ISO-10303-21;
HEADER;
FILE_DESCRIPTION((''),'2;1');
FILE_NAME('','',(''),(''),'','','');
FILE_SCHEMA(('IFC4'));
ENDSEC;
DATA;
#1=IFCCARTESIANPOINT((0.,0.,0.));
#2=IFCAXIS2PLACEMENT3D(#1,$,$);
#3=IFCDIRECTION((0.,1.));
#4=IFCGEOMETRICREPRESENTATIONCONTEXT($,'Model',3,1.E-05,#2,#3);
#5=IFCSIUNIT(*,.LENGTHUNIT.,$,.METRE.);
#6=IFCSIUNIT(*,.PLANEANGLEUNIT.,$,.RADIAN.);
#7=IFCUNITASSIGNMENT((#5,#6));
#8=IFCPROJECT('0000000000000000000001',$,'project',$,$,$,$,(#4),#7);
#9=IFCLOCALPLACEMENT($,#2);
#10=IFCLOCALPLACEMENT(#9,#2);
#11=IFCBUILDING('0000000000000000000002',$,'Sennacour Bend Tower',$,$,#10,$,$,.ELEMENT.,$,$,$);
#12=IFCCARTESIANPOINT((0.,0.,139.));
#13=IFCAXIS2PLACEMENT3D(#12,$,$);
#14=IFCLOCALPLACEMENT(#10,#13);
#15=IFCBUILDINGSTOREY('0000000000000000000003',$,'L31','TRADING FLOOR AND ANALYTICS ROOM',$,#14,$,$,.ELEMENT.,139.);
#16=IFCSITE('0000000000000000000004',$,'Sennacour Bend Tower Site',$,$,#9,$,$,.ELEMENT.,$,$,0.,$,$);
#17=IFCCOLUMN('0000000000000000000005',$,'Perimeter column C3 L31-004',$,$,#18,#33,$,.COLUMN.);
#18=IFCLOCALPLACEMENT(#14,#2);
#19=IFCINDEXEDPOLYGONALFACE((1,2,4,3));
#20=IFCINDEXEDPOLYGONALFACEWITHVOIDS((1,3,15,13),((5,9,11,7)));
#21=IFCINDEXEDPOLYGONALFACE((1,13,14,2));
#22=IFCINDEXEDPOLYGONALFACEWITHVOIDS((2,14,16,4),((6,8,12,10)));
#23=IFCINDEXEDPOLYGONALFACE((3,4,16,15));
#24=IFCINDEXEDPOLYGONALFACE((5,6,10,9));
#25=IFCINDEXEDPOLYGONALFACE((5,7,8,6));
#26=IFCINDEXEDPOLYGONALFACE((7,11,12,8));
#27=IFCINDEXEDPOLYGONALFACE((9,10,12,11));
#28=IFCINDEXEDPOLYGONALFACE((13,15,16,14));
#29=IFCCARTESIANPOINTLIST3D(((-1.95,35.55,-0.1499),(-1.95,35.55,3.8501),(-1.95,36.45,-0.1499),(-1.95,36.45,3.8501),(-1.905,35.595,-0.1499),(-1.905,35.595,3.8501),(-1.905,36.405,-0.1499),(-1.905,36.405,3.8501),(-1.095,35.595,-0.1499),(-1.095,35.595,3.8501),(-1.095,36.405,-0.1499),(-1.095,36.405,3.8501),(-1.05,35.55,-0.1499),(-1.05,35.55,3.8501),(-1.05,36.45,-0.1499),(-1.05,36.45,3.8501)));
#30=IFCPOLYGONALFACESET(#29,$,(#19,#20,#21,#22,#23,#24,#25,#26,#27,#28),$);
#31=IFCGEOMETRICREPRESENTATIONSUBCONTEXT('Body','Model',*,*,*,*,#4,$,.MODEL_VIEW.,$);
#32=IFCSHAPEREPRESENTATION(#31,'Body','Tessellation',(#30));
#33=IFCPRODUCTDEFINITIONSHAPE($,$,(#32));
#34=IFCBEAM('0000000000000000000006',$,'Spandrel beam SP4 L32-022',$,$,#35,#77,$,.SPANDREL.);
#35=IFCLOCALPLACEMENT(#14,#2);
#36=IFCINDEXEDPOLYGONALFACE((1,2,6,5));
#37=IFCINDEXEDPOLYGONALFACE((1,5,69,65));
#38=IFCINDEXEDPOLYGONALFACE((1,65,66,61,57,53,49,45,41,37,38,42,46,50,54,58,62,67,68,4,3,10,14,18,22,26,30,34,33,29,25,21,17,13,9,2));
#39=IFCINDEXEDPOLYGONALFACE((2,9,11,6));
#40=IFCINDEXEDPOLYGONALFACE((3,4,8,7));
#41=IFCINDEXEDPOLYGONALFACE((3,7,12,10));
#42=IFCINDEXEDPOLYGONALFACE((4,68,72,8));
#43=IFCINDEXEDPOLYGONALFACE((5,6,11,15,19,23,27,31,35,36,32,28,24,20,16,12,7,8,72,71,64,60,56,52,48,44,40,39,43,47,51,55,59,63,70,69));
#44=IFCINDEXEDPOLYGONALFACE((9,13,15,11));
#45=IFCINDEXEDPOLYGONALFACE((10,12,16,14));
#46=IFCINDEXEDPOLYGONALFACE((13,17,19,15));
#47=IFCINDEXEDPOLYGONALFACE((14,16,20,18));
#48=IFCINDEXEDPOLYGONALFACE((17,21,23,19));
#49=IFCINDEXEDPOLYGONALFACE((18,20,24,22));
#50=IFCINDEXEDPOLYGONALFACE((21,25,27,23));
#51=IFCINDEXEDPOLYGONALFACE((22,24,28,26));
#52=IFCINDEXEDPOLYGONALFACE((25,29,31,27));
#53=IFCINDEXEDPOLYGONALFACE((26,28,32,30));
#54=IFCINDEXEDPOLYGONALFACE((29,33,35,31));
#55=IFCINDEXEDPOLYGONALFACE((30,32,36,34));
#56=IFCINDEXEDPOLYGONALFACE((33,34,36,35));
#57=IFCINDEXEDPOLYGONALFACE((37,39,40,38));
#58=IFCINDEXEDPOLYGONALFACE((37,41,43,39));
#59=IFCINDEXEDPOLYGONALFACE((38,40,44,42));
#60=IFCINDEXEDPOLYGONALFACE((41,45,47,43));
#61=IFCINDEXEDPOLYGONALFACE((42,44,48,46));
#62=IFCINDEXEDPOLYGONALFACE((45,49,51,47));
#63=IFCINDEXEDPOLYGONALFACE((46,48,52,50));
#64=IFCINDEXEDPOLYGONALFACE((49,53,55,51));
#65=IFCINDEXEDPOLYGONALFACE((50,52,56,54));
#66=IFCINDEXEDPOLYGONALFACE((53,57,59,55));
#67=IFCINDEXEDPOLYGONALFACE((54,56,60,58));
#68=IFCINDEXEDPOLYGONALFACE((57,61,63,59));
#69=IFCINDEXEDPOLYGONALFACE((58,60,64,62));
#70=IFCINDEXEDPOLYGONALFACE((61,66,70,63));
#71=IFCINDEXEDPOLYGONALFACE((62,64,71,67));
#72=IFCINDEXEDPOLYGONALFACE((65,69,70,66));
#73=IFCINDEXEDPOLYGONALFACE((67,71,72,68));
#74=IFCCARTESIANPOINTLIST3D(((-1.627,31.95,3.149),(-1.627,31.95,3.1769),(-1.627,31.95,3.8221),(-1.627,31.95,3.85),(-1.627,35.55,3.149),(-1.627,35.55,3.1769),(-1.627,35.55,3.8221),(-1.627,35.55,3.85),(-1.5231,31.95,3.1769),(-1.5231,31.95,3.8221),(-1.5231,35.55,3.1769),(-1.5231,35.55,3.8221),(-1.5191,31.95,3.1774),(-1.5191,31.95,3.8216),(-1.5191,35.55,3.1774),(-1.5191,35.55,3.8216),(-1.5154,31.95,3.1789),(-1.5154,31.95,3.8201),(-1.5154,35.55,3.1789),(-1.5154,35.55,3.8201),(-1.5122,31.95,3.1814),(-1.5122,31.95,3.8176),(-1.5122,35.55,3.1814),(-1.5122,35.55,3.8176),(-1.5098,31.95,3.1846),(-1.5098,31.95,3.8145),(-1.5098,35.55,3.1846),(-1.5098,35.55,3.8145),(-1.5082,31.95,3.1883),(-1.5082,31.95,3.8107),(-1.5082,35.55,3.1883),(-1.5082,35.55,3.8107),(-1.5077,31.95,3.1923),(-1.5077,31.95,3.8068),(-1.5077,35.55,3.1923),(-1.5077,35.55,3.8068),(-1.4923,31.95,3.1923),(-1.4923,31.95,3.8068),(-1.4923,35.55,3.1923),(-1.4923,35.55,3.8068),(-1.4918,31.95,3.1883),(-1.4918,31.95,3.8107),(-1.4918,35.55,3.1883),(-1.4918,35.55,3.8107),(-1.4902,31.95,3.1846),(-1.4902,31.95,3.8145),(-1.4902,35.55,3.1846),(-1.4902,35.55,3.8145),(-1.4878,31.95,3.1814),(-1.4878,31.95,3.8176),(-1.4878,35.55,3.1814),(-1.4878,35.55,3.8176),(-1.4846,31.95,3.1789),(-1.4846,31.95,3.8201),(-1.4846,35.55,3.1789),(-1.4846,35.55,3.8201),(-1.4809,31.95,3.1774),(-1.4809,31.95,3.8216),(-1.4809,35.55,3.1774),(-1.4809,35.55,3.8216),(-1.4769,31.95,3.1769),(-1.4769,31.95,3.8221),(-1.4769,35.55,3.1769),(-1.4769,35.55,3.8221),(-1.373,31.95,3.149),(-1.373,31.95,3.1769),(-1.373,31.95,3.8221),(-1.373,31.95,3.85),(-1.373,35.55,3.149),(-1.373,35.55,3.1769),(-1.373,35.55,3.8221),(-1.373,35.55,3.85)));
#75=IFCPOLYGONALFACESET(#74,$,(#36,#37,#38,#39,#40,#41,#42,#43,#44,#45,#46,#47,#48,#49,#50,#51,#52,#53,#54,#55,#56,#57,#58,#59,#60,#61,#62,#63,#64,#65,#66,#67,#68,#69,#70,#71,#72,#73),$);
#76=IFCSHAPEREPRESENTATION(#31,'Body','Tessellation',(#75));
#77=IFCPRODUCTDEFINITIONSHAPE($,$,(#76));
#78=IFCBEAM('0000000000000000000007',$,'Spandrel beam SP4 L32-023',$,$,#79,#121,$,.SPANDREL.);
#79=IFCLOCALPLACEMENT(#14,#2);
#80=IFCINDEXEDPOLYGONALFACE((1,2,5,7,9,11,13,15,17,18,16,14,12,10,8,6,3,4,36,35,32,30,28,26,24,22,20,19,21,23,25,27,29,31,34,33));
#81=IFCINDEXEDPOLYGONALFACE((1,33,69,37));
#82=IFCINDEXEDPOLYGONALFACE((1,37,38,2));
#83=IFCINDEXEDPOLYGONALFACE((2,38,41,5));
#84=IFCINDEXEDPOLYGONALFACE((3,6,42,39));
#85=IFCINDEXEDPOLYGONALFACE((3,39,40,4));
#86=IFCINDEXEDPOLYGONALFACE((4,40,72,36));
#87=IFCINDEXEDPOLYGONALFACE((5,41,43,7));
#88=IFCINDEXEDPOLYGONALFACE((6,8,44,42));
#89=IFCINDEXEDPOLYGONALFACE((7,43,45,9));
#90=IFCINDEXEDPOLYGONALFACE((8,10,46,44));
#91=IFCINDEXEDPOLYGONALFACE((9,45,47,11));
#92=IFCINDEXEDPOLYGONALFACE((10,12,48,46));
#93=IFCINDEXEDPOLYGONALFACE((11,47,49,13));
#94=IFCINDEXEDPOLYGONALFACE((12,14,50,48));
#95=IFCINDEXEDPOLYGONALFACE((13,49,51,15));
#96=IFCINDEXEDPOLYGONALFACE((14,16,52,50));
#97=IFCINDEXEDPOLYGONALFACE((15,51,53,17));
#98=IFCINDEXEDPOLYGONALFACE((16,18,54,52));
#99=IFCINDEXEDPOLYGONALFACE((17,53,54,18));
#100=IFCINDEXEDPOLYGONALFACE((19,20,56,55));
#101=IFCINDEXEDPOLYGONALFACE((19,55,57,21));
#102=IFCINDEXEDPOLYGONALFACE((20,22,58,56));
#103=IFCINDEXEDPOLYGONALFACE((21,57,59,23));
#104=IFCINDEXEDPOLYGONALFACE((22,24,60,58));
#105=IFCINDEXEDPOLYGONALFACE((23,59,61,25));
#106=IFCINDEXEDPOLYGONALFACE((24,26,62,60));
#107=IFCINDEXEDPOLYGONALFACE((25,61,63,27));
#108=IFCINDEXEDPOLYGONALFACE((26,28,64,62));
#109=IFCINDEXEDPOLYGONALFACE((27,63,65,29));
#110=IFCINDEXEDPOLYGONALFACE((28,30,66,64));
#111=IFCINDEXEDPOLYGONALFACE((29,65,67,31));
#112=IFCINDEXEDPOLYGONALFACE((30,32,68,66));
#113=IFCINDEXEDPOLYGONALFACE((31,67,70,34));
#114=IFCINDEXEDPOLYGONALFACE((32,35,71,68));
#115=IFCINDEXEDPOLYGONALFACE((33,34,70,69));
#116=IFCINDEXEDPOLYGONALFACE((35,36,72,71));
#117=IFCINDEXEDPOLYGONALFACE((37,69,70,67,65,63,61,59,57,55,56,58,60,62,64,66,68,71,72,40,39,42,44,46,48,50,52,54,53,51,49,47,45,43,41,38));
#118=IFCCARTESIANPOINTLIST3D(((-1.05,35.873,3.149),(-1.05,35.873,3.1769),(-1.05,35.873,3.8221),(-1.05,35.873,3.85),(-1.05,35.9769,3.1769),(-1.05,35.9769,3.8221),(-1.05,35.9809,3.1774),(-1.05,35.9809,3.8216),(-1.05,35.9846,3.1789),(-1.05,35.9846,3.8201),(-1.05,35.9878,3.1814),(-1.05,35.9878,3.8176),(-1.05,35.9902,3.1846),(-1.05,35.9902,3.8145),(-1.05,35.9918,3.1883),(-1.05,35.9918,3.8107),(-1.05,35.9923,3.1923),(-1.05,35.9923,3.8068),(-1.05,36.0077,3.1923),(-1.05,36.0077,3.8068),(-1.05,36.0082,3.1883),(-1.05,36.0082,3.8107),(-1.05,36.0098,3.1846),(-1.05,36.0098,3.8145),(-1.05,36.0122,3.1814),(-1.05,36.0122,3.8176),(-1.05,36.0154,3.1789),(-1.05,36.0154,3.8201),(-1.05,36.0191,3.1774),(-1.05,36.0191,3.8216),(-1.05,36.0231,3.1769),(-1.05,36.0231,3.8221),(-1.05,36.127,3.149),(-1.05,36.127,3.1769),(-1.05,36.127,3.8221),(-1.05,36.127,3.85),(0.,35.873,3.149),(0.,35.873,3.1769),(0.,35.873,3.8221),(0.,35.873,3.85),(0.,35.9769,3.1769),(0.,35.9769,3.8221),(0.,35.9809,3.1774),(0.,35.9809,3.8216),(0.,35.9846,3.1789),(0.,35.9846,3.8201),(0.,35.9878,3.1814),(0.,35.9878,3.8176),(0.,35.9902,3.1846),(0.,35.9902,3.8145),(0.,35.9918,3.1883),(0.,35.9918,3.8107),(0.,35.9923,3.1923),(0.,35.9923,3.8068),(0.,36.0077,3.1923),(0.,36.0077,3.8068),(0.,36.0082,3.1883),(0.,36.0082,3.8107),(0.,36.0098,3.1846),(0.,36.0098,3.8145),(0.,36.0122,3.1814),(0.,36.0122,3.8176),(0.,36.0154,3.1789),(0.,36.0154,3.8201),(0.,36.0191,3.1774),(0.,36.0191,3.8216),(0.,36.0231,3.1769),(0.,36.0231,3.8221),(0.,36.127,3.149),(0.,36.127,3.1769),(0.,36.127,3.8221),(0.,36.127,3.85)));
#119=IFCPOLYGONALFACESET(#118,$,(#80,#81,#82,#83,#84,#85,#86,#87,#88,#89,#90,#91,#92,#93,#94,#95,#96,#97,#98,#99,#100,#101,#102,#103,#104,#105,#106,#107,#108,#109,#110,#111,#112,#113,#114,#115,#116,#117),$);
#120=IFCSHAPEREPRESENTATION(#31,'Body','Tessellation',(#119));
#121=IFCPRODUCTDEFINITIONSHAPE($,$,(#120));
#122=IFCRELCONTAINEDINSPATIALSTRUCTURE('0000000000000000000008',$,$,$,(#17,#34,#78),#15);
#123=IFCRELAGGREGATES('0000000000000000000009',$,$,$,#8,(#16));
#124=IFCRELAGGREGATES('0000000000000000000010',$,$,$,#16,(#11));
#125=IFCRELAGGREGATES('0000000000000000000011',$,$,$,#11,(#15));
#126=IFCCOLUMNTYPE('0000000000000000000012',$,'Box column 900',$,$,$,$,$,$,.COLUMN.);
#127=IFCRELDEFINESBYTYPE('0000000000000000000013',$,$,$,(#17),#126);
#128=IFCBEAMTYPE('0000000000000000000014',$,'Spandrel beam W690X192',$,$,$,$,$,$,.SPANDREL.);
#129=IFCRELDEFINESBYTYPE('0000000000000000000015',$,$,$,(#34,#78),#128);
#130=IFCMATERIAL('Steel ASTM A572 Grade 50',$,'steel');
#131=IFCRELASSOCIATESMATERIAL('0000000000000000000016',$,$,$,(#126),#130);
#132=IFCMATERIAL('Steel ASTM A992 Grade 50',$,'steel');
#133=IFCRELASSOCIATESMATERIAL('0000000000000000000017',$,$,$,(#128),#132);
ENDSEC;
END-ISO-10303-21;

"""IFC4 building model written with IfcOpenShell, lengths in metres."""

from ifc_helpers import new_model, si_unit, direction, frame, origin, origin_2d, place, context, subcontext, project, spatial, hollow_rectangle, i_section, extrude, material, material_profile, profile_set, type_object, element, save


model = new_model("IFC4")

# Units and contexts
model_context = context("Model", 3, precision=1e-05, world=origin(), true_north=direction((0.0, 1.0)))
body_context = subcontext(model_context, "Body", "Model", "MODEL_VIEW")
ifc_project = project(units=[si_unit("LENGTHUNIT", "METRE"), si_unit("PLANEANGLEUNIT", "RADIAN")], contexts=[model_context])

# Site, building, storey
site_placement = place(None, origin())
site = spatial("IfcSite", under=ifc_project, at=site_placement, Name="Sennacour Bend Tower Site", CompositionType="ELEMENT", RefElevation=0.0)
building_placement = place(site_placement, origin())
building = spatial("IfcBuilding", under=site, at=building_placement, Name="Sennacour Bend Tower", CompositionType="ELEMENT")
storey_placement = place(building_placement, frame((0.0, 0.0, 139.0)))
storey = spatial("IfcBuildingStorey", under=building, at=storey_placement, Name="L31", Description="TRADING FLOOR AND ANALYTICS ROOM", CompositionType="ELEMENT", Elevation=139.0)

# Column
ifc_material_1 = material(Name="Steel ASTM A572 Grade 50", Category="steel")
ifc_material_profile_1 = material_profile(ifc_material_1, hollow_rectangle(XDim=0.8999, YDim=0.8999, WallThickness=0.0449, at=origin_2d()), Name="Steel ASTM A572 Grade 50", Category="steel")
ifc_profile_set_1 = profile_set([ifc_material_profile_1], Name="Steel ASTM A572 Grade 50")
column_type = type_object("IfcColumnType", Name="Box column 900", PredefinedType="COLUMN", material=ifc_profile_set_1)
column_placement = place(storey_placement, frame((-1.5, 36.0, -0.1499), z_axis=(0.0, 0.0, 1.0), x_axis=(1.0, 0.0, 0.0)))
element("IfcColumn", 1, at=column_placement, inside=storey, type_object=column_type, Name="Perimeter column C3 L31-004", PredefinedType="COLUMN", context=body_context, shape_type="SweptSolid", body=[
    extrude(hollow_rectangle(XDim=0.8999, YDim=0.8999, WallThickness=0.0449, at=origin_2d()), origin(), (0.0, 0.0, 1.0), 4.0),
])

# Beams
ifc_material_2 = material(Name="Steel ASTM A992 Grade 50", Category="steel")
ifc_material_profile_2 = material_profile(ifc_material_2, i_section(OverallWidth=0.2539, OverallDepth=0.7009, WebThickness=0.0154, FlangeThickness=0.0278, FilletRadius=0.0154, at=origin_2d()), Name="Steel ASTM A992 Grade 50", Category="steel")
ifc_profile_set_2 = profile_set([ifc_material_profile_2], Name="Steel ASTM A992 Grade 50")
beam_type = type_object("IfcBeamType", Name="Spandrel beam W690X192", PredefinedType="SPANDREL", material=ifc_profile_set_2)
beam_1_placement = place(storey_placement, frame((-1.5, 31.95, 3.4995), z_axis=(0.0, 1.0, 0.0), x_axis=(-1.0, 0.0, 0.0)))
element("IfcBeam", 2, at=beam_1_placement, inside=storey, type_object=beam_type, Name="Spandrel beam SP4 L32-022", PredefinedType="SPANDREL", context=body_context, shape_type="SweptSolid", body=[
    extrude(i_section(OverallWidth=0.2539, OverallDepth=0.7009, WebThickness=0.0154, FlangeThickness=0.0278, FilletRadius=0.0154, at=origin_2d()), origin(), (0.0, 0.0, 1.0), 3.6001),
])
beam_2_placement = place(storey_placement, frame((-1.05, 36.0, 3.4995), z_axis=(1.0, 0.0, 0.0), x_axis=(0.0, 1.0, 0.0)))
element("IfcBeam", 3, at=beam_2_placement, inside=storey, type_object=beam_type, Name="Spandrel beam SP4 L32-023", PredefinedType="SPANDREL", context=body_context, shape_type="SweptSolid", body=[
    extrude(i_section(OverallWidth=0.2539, OverallDepth=0.7009, WebThickness=0.0154, FlangeThickness=0.0278, FilletRadius=0.0154, at=origin_2d()), origin(), (0.0, 0.0, 1.0), 1.05),
])

save(model, "model.ifc")
